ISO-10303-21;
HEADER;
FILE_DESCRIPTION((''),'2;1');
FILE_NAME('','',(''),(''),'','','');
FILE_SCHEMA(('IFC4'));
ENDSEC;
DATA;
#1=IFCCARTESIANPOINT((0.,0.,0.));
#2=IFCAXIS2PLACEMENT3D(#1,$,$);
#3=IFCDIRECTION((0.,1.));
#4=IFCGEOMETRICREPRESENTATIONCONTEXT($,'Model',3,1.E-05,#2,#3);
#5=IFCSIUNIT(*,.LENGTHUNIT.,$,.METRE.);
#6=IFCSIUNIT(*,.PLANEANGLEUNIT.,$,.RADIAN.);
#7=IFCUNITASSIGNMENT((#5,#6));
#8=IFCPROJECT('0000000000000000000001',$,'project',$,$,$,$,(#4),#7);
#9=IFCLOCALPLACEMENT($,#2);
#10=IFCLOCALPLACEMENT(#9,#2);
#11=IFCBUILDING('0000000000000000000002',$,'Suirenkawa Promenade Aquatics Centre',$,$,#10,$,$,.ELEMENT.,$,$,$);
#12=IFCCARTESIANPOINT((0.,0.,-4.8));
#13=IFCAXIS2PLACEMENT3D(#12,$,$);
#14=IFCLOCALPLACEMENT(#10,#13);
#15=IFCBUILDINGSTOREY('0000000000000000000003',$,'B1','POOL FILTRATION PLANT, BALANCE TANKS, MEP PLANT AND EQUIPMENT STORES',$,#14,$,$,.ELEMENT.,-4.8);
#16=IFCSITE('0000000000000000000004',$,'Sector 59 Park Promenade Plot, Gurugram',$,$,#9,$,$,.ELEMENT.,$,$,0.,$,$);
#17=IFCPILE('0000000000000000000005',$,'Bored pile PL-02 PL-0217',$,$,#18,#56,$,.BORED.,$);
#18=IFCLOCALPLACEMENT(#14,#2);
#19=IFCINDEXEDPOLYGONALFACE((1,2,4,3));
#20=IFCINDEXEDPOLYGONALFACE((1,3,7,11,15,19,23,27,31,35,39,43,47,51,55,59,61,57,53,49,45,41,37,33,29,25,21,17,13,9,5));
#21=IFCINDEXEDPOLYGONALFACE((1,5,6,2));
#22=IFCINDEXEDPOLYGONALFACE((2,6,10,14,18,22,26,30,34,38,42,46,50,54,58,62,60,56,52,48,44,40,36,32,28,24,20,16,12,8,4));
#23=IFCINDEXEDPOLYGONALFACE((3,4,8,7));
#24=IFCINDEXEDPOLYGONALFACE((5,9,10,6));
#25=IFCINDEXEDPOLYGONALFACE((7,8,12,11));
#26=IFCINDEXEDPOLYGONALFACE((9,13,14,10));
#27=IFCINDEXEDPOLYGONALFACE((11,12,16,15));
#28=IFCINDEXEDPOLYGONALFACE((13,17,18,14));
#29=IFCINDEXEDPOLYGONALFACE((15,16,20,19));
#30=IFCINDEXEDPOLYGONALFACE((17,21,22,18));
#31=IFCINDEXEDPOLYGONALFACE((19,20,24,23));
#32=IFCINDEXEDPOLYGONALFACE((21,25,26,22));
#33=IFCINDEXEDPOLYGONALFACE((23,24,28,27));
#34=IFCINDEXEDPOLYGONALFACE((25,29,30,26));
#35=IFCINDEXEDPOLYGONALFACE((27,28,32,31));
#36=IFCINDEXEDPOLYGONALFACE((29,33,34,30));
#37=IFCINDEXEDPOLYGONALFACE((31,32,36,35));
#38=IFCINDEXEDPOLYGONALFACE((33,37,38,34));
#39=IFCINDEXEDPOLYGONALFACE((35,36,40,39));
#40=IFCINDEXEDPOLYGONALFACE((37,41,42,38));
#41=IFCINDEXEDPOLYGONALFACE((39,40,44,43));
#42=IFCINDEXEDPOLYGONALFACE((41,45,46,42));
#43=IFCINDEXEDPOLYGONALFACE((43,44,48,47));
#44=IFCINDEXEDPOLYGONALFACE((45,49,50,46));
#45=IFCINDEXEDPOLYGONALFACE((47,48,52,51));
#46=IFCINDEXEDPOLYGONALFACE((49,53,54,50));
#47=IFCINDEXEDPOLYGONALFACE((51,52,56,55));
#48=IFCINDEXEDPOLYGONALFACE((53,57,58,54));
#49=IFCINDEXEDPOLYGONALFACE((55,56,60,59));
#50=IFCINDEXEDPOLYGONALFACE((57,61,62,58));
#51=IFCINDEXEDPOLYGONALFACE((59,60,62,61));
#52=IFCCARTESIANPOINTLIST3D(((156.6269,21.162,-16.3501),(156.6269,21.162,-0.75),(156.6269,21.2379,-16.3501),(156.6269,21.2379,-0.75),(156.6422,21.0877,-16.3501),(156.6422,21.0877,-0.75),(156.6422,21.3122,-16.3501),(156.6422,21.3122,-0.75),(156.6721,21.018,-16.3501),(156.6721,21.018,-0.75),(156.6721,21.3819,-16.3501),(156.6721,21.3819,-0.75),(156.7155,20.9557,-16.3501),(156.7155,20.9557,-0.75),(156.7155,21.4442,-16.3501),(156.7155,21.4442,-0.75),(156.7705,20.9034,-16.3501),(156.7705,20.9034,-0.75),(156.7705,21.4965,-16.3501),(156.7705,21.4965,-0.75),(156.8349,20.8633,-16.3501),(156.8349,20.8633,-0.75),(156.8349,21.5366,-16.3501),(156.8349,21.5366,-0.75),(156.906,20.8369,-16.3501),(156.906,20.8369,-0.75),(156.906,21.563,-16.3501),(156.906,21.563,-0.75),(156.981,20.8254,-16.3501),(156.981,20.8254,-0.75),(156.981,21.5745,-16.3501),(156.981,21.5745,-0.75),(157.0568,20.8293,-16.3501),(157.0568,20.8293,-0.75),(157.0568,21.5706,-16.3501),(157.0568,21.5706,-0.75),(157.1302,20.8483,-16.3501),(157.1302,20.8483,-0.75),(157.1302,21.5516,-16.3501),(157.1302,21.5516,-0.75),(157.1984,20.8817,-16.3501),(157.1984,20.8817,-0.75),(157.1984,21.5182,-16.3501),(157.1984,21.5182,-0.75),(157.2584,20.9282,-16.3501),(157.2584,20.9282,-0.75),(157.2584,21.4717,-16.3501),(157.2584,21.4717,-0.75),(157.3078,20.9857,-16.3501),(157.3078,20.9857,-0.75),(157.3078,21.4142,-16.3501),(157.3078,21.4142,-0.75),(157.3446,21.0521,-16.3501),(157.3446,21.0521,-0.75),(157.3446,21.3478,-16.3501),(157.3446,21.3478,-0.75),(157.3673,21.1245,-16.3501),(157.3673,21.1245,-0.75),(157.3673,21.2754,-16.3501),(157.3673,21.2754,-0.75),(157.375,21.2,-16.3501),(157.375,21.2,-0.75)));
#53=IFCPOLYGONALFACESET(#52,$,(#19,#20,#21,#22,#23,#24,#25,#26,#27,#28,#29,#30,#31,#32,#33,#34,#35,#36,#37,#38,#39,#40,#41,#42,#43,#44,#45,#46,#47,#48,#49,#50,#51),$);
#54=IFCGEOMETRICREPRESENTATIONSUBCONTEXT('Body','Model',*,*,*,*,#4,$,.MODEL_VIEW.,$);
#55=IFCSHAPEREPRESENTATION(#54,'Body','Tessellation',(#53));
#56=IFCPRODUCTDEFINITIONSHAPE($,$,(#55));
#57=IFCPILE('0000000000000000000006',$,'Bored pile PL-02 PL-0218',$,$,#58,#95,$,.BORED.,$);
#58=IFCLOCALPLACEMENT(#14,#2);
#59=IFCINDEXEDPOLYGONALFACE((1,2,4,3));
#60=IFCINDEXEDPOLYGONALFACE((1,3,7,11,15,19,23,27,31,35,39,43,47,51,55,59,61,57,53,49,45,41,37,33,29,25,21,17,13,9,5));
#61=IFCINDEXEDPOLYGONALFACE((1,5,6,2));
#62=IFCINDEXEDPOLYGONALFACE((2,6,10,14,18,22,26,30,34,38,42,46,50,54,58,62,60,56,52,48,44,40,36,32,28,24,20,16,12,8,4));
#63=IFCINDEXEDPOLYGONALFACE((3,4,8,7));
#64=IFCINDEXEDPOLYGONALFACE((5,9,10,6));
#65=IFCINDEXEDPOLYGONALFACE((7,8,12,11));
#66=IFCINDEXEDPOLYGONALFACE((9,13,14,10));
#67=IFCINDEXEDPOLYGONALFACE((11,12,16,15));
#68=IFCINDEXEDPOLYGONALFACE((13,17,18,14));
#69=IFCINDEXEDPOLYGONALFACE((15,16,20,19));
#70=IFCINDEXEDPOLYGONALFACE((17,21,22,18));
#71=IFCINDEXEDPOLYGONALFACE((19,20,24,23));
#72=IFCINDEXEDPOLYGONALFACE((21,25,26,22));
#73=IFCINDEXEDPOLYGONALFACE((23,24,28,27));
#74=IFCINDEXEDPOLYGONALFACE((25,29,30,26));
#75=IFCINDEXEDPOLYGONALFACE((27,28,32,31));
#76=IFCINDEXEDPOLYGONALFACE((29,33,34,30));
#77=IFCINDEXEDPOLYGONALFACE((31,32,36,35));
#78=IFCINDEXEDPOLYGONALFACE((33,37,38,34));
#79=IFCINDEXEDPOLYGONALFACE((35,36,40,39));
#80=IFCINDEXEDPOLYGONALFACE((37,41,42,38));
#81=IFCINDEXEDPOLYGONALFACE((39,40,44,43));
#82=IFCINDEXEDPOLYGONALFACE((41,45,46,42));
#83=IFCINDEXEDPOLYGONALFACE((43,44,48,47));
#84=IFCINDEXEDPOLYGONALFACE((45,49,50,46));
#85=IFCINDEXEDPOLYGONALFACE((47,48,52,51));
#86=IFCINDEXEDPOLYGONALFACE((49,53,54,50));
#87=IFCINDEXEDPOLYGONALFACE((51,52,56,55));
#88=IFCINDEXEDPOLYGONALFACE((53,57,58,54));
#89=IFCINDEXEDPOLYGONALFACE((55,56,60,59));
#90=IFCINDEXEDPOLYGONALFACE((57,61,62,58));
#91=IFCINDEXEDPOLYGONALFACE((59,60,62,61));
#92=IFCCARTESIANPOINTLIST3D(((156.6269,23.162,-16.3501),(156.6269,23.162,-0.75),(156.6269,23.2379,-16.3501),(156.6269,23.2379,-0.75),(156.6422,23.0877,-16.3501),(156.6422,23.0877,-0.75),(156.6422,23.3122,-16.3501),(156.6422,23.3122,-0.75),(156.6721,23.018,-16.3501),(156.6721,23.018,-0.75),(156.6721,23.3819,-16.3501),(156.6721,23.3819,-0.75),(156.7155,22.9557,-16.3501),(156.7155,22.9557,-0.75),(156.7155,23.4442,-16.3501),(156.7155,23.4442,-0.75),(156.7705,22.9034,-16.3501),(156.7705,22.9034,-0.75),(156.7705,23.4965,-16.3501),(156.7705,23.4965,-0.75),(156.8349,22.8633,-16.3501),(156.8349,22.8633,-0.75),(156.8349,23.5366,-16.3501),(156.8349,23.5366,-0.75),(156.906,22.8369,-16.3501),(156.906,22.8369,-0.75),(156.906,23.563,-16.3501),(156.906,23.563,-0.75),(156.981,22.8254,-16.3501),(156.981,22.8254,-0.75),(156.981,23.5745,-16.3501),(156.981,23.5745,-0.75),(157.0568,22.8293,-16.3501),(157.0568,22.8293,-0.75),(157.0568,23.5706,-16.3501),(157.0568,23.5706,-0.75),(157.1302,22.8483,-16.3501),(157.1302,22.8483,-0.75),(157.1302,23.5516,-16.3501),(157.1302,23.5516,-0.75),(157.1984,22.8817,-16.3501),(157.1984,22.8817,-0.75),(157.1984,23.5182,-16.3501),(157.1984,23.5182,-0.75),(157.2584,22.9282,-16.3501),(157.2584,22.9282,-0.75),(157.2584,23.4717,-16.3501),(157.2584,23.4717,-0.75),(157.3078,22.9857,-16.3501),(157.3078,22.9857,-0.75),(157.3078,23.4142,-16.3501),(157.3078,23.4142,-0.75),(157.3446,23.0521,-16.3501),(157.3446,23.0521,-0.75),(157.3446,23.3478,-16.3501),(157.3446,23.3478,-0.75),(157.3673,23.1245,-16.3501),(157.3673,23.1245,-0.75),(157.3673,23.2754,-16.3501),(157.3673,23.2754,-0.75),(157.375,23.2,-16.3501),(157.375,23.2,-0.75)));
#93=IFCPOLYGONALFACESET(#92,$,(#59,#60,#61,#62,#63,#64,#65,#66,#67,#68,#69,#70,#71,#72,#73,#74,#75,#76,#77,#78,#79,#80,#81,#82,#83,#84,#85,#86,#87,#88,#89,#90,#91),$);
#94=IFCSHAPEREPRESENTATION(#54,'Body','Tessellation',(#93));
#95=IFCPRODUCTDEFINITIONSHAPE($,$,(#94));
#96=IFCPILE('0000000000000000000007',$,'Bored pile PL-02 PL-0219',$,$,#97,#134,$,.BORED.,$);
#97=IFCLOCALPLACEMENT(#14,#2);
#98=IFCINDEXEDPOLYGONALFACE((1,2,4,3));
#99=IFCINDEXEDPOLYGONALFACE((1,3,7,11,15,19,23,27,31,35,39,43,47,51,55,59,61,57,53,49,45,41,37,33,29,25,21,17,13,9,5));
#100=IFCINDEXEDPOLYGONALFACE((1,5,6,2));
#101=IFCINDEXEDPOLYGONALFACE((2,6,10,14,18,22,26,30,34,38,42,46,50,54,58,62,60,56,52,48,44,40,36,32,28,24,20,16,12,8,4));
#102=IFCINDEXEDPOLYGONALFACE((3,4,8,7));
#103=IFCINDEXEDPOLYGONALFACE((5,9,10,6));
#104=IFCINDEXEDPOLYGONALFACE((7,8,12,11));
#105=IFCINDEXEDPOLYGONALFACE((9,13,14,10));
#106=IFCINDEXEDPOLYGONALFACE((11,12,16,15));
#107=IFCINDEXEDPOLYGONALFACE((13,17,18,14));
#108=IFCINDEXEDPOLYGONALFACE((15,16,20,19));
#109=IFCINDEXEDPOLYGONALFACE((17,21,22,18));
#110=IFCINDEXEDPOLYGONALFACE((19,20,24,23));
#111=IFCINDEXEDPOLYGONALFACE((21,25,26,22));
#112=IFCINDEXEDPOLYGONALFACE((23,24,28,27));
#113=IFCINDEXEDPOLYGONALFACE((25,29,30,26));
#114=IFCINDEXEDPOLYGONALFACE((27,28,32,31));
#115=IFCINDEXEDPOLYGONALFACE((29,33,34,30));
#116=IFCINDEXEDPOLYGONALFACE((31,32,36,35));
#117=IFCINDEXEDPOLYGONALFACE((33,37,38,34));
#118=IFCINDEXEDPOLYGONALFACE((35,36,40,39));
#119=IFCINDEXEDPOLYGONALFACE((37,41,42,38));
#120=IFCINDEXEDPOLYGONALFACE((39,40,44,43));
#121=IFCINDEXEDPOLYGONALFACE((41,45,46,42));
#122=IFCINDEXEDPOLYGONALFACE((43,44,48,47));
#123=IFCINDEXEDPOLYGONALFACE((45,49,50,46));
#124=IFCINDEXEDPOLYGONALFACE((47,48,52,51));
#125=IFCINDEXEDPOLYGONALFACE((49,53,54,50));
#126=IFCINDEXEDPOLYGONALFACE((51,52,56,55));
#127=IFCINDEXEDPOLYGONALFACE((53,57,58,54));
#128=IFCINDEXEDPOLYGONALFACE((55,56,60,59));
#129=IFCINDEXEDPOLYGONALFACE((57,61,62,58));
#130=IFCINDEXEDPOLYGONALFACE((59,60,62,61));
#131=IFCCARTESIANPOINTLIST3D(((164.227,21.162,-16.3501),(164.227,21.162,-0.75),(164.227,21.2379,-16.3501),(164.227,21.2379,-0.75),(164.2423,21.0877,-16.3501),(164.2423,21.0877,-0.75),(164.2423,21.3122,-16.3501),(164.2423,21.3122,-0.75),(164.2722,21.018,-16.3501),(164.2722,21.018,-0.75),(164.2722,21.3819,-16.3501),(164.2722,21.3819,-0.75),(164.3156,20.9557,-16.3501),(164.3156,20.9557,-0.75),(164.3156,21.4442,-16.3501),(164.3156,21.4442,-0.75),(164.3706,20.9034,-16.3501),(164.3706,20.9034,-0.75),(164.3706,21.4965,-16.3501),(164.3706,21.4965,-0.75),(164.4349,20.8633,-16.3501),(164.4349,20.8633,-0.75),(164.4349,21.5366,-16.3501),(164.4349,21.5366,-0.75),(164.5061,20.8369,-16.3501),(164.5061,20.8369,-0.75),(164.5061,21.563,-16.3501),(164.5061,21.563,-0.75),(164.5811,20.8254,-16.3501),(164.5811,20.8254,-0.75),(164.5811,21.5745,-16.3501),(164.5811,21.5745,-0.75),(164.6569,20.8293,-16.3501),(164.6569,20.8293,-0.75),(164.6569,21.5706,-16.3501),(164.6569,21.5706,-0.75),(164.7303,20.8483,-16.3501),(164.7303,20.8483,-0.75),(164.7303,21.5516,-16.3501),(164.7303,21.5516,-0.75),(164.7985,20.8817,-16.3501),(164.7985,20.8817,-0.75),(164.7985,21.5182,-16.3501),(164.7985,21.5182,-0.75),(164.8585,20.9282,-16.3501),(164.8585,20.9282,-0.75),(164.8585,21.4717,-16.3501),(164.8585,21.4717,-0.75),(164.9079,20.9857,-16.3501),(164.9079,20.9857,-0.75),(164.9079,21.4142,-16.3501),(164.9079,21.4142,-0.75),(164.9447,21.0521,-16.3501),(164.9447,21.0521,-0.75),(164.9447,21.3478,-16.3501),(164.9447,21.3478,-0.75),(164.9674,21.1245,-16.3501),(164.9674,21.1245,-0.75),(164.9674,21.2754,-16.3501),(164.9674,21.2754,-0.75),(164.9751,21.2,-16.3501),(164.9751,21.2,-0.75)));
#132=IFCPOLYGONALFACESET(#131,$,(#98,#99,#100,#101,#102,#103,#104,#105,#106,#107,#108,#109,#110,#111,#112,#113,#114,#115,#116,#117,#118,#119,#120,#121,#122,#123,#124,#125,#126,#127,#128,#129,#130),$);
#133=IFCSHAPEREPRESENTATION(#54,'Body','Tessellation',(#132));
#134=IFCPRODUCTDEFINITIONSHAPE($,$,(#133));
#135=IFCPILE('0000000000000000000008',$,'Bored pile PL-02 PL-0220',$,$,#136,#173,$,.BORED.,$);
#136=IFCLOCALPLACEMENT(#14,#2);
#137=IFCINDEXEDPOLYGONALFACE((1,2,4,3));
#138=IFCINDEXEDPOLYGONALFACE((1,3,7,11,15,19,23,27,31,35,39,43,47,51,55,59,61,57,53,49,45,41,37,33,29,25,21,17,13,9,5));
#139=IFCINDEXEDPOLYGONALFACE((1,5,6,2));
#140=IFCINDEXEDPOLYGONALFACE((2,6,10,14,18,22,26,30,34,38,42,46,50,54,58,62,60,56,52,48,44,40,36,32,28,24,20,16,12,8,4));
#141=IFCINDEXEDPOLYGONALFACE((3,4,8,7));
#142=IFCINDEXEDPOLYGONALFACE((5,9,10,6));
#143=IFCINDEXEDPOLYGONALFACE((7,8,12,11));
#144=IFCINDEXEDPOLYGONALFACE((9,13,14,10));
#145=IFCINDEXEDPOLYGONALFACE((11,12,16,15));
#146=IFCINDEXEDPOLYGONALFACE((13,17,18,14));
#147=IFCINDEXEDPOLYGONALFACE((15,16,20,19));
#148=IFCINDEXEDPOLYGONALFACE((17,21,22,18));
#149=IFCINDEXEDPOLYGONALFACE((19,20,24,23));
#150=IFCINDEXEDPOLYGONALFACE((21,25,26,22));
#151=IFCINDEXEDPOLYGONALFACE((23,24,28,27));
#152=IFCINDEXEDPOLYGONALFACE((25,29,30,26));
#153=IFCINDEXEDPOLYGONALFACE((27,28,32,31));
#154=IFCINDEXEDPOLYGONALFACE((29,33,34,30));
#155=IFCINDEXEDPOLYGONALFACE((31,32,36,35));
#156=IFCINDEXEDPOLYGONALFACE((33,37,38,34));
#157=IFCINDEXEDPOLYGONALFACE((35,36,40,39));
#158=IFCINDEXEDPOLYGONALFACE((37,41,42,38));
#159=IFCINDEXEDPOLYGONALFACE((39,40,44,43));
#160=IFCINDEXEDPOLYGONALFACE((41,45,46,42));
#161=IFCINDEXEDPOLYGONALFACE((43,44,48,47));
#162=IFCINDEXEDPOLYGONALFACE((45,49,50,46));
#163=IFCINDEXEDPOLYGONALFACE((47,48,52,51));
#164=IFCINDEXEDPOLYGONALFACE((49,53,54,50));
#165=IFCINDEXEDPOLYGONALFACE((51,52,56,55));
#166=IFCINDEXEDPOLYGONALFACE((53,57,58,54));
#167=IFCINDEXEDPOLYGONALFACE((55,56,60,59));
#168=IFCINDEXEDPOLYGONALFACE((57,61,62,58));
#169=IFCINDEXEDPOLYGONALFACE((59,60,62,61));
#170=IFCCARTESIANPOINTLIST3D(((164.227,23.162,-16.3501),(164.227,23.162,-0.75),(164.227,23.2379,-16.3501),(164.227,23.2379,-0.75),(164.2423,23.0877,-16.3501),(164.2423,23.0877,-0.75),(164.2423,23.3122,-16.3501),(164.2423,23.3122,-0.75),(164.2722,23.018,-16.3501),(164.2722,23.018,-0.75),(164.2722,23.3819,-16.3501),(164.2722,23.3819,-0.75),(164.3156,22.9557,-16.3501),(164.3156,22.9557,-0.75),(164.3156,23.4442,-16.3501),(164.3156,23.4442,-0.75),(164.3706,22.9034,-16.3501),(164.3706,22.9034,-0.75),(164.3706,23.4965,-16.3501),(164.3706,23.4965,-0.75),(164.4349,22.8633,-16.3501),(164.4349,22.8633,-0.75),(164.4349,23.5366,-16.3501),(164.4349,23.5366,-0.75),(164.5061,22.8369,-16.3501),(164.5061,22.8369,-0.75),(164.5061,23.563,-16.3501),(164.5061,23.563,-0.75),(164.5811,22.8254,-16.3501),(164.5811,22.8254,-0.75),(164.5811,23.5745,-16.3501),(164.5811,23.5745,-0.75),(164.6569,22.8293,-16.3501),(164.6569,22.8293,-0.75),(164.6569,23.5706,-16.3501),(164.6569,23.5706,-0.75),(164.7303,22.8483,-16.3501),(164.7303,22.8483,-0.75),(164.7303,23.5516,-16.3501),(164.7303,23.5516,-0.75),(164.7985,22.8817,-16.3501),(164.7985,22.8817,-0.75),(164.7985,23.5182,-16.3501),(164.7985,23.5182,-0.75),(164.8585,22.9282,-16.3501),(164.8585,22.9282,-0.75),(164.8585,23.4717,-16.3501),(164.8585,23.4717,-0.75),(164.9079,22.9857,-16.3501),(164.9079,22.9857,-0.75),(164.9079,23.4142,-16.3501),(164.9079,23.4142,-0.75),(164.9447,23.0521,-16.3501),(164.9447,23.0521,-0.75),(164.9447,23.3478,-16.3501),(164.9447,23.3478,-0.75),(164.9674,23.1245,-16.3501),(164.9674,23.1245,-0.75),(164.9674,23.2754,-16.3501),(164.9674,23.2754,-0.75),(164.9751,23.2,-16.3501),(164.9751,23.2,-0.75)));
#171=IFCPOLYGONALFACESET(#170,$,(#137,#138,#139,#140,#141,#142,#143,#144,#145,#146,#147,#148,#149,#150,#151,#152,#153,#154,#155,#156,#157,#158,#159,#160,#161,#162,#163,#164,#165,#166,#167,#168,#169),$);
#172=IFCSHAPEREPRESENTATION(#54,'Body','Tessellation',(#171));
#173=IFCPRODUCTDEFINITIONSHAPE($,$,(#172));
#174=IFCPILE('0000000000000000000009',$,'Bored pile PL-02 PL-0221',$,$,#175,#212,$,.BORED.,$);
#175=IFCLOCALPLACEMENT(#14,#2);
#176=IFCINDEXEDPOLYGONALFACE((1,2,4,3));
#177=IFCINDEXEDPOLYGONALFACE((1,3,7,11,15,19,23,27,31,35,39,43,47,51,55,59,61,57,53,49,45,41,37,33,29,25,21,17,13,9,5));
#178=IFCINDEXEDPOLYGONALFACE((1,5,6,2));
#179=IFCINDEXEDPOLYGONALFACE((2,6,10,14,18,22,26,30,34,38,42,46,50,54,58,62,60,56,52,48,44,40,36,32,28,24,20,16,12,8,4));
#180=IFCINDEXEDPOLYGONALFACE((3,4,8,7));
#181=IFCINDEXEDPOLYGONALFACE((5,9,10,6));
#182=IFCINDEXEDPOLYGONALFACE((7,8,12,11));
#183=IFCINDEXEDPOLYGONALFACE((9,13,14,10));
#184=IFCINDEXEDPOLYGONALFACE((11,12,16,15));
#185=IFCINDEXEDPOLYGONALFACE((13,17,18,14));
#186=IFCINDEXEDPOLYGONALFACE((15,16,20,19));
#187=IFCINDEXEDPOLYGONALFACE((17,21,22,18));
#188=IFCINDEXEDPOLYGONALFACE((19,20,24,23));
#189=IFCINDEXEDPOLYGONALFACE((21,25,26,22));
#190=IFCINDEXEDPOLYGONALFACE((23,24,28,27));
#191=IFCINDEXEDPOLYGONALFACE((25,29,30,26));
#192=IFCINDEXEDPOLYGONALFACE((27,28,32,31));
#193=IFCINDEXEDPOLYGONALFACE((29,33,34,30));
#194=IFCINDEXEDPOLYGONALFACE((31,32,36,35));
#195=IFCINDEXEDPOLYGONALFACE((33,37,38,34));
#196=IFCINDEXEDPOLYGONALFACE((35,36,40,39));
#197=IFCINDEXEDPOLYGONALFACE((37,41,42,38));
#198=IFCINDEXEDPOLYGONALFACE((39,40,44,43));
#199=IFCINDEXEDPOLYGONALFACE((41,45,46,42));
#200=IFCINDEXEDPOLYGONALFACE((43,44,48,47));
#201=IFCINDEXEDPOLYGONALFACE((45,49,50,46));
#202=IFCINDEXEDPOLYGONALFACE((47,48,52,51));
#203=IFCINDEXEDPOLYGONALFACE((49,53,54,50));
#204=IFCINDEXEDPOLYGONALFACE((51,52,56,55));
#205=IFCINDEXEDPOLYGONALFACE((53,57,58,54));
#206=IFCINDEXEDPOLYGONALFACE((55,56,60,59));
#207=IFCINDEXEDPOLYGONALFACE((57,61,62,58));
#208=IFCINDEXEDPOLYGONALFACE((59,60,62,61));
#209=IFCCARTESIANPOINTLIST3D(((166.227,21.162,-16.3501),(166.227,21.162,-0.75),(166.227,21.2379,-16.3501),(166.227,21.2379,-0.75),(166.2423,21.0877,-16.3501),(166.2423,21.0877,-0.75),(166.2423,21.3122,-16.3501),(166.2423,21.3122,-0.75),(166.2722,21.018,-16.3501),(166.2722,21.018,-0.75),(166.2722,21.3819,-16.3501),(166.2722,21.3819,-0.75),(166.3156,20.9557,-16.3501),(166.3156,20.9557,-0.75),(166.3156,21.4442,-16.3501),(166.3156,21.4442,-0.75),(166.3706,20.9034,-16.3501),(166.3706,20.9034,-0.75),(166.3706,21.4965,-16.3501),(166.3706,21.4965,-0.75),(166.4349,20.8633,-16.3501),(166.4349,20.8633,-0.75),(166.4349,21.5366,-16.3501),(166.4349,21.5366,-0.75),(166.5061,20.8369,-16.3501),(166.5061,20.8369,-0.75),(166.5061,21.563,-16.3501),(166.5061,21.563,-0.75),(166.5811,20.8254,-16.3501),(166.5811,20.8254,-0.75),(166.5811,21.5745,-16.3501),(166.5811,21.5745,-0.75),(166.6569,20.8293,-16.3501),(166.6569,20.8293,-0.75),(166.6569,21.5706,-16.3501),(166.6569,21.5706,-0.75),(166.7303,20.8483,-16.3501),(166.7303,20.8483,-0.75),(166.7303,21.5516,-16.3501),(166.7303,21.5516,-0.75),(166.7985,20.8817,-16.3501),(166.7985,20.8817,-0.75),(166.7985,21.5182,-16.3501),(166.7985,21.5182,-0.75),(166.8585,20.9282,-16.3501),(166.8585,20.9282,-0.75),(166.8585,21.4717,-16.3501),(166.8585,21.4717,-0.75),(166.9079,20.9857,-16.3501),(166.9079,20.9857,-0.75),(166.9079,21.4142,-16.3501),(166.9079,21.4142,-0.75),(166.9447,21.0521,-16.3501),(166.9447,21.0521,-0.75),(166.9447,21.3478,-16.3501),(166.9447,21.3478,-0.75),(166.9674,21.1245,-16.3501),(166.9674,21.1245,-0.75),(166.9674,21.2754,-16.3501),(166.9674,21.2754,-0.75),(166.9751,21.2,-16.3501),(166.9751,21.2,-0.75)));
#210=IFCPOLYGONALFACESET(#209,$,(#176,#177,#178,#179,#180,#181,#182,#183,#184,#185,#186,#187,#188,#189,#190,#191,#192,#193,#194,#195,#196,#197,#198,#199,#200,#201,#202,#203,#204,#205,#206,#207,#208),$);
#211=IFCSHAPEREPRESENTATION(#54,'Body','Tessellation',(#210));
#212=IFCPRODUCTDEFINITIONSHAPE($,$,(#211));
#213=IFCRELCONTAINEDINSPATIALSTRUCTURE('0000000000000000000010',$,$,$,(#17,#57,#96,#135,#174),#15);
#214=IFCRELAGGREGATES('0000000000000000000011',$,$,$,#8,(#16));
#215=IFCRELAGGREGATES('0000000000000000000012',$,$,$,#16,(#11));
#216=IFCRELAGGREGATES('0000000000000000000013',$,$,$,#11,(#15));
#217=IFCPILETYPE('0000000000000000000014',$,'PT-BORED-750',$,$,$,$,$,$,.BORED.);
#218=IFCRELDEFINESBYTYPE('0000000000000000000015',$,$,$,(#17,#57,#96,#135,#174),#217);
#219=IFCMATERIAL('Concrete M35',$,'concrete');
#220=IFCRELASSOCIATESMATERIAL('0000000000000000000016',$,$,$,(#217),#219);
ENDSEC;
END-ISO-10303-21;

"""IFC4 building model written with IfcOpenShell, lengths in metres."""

from ifc_helpers import new_model, si_unit, direction, frame, origin, origin_2d, place, context, subcontext, project, spatial, circle, extrude, material, material_profile, profile_set, type_object, element, save


model = new_model("IFC4")

# Units and contexts
model_context = context("Model", 3, precision=1e-05, world=origin(), true_north=direction((0.0, 1.0)))
body_context = subcontext(model_context, "Body", "Model", "MODEL_VIEW")
ifc_project = project(units=[si_unit("LENGTHUNIT", "METRE"), si_unit("PLANEANGLEUNIT", "RADIAN")], contexts=[model_context])

# Site, building, storey
site_placement = place(None, origin())
site = spatial("IfcSite", under=ifc_project, at=site_placement, Name="Sector 59 Park Promenade Plot, Gurugram", CompositionType="ELEMENT", RefElevation=0.0)
building_placement = place(site_placement, origin())
building = spatial("IfcBuilding", under=site, at=building_placement, Name="Suirenkawa Promenade Aquatics Centre", CompositionType="ELEMENT")
storey_placement = place(building_placement, frame((0.0, 0.0, -4.8)))
storey = spatial("IfcBuildingStorey", under=building, at=storey_placement, Name="B1", Description="POOL FILTRATION PLANT, BALANCE TANKS, MEP PLANT AND EQUIPMENT STORES", CompositionType="ELEMENT", Elevation=-4.8)

# Shared definitions
ifc_material_1 = material(Name="Concrete M35", Category="concrete")

# Piles
ifc_material_profile_1 = material_profile(ifc_material_1, circle(Radius=0.375, at=origin_2d()), Name="PILE D750", Category="concrete")
ifc_profile_set_1 = profile_set([ifc_material_profile_1], Name="Concrete M35")
pile_type_1 = type_object("IfcPileType", Name="PT-BORED-750", PredefinedType="BORED", material=ifc_profile_set_1)
for number, where, z_axis, x_axis, name in (
    (1, (157.0, 21.2, -0.75), (0.0, 0.0, -1.0), (1.0, 0.0, 0.0), "Bored pile PL-02 PL-0217"),
    (2, (157.0, 23.2, -0.75), (0.0, 0.0, -1.0), (1.0, 0.0, 0.0), "Bored pile PL-02 PL-0218"),
    (3, (164.6001, 21.2, -0.75), (0.0, 0.0, -1.0), (1.0, 0.0, 0.0), "Bored pile PL-02 PL-0219"),
    (4, (164.6001, 23.2, -0.75), (0.0, 0.0, -1.0), (1.0, 0.0, 0.0), "Bored pile PL-02 PL-0220"),
    (5, (166.6001, 21.2, -0.75), (0.0, 0.0, -1.0), (1.0, 0.0, 0.0), "Bored pile PL-02 PL-0221"),
):
    element("IfcPile", number, at=place(storey_placement, frame(where, z_axis=z_axis, x_axis=x_axis)), inside=storey, type_object=pile_type_1, Name=name, PredefinedType="BORED", context=body_context, shape_type="SweptSolid", body=[
        extrude(circle(Radius=0.375, at=origin_2d()), origin(), (0.0, 0.0, 1.0), 15.6001),
    ])

save(model, "model.ifc")
